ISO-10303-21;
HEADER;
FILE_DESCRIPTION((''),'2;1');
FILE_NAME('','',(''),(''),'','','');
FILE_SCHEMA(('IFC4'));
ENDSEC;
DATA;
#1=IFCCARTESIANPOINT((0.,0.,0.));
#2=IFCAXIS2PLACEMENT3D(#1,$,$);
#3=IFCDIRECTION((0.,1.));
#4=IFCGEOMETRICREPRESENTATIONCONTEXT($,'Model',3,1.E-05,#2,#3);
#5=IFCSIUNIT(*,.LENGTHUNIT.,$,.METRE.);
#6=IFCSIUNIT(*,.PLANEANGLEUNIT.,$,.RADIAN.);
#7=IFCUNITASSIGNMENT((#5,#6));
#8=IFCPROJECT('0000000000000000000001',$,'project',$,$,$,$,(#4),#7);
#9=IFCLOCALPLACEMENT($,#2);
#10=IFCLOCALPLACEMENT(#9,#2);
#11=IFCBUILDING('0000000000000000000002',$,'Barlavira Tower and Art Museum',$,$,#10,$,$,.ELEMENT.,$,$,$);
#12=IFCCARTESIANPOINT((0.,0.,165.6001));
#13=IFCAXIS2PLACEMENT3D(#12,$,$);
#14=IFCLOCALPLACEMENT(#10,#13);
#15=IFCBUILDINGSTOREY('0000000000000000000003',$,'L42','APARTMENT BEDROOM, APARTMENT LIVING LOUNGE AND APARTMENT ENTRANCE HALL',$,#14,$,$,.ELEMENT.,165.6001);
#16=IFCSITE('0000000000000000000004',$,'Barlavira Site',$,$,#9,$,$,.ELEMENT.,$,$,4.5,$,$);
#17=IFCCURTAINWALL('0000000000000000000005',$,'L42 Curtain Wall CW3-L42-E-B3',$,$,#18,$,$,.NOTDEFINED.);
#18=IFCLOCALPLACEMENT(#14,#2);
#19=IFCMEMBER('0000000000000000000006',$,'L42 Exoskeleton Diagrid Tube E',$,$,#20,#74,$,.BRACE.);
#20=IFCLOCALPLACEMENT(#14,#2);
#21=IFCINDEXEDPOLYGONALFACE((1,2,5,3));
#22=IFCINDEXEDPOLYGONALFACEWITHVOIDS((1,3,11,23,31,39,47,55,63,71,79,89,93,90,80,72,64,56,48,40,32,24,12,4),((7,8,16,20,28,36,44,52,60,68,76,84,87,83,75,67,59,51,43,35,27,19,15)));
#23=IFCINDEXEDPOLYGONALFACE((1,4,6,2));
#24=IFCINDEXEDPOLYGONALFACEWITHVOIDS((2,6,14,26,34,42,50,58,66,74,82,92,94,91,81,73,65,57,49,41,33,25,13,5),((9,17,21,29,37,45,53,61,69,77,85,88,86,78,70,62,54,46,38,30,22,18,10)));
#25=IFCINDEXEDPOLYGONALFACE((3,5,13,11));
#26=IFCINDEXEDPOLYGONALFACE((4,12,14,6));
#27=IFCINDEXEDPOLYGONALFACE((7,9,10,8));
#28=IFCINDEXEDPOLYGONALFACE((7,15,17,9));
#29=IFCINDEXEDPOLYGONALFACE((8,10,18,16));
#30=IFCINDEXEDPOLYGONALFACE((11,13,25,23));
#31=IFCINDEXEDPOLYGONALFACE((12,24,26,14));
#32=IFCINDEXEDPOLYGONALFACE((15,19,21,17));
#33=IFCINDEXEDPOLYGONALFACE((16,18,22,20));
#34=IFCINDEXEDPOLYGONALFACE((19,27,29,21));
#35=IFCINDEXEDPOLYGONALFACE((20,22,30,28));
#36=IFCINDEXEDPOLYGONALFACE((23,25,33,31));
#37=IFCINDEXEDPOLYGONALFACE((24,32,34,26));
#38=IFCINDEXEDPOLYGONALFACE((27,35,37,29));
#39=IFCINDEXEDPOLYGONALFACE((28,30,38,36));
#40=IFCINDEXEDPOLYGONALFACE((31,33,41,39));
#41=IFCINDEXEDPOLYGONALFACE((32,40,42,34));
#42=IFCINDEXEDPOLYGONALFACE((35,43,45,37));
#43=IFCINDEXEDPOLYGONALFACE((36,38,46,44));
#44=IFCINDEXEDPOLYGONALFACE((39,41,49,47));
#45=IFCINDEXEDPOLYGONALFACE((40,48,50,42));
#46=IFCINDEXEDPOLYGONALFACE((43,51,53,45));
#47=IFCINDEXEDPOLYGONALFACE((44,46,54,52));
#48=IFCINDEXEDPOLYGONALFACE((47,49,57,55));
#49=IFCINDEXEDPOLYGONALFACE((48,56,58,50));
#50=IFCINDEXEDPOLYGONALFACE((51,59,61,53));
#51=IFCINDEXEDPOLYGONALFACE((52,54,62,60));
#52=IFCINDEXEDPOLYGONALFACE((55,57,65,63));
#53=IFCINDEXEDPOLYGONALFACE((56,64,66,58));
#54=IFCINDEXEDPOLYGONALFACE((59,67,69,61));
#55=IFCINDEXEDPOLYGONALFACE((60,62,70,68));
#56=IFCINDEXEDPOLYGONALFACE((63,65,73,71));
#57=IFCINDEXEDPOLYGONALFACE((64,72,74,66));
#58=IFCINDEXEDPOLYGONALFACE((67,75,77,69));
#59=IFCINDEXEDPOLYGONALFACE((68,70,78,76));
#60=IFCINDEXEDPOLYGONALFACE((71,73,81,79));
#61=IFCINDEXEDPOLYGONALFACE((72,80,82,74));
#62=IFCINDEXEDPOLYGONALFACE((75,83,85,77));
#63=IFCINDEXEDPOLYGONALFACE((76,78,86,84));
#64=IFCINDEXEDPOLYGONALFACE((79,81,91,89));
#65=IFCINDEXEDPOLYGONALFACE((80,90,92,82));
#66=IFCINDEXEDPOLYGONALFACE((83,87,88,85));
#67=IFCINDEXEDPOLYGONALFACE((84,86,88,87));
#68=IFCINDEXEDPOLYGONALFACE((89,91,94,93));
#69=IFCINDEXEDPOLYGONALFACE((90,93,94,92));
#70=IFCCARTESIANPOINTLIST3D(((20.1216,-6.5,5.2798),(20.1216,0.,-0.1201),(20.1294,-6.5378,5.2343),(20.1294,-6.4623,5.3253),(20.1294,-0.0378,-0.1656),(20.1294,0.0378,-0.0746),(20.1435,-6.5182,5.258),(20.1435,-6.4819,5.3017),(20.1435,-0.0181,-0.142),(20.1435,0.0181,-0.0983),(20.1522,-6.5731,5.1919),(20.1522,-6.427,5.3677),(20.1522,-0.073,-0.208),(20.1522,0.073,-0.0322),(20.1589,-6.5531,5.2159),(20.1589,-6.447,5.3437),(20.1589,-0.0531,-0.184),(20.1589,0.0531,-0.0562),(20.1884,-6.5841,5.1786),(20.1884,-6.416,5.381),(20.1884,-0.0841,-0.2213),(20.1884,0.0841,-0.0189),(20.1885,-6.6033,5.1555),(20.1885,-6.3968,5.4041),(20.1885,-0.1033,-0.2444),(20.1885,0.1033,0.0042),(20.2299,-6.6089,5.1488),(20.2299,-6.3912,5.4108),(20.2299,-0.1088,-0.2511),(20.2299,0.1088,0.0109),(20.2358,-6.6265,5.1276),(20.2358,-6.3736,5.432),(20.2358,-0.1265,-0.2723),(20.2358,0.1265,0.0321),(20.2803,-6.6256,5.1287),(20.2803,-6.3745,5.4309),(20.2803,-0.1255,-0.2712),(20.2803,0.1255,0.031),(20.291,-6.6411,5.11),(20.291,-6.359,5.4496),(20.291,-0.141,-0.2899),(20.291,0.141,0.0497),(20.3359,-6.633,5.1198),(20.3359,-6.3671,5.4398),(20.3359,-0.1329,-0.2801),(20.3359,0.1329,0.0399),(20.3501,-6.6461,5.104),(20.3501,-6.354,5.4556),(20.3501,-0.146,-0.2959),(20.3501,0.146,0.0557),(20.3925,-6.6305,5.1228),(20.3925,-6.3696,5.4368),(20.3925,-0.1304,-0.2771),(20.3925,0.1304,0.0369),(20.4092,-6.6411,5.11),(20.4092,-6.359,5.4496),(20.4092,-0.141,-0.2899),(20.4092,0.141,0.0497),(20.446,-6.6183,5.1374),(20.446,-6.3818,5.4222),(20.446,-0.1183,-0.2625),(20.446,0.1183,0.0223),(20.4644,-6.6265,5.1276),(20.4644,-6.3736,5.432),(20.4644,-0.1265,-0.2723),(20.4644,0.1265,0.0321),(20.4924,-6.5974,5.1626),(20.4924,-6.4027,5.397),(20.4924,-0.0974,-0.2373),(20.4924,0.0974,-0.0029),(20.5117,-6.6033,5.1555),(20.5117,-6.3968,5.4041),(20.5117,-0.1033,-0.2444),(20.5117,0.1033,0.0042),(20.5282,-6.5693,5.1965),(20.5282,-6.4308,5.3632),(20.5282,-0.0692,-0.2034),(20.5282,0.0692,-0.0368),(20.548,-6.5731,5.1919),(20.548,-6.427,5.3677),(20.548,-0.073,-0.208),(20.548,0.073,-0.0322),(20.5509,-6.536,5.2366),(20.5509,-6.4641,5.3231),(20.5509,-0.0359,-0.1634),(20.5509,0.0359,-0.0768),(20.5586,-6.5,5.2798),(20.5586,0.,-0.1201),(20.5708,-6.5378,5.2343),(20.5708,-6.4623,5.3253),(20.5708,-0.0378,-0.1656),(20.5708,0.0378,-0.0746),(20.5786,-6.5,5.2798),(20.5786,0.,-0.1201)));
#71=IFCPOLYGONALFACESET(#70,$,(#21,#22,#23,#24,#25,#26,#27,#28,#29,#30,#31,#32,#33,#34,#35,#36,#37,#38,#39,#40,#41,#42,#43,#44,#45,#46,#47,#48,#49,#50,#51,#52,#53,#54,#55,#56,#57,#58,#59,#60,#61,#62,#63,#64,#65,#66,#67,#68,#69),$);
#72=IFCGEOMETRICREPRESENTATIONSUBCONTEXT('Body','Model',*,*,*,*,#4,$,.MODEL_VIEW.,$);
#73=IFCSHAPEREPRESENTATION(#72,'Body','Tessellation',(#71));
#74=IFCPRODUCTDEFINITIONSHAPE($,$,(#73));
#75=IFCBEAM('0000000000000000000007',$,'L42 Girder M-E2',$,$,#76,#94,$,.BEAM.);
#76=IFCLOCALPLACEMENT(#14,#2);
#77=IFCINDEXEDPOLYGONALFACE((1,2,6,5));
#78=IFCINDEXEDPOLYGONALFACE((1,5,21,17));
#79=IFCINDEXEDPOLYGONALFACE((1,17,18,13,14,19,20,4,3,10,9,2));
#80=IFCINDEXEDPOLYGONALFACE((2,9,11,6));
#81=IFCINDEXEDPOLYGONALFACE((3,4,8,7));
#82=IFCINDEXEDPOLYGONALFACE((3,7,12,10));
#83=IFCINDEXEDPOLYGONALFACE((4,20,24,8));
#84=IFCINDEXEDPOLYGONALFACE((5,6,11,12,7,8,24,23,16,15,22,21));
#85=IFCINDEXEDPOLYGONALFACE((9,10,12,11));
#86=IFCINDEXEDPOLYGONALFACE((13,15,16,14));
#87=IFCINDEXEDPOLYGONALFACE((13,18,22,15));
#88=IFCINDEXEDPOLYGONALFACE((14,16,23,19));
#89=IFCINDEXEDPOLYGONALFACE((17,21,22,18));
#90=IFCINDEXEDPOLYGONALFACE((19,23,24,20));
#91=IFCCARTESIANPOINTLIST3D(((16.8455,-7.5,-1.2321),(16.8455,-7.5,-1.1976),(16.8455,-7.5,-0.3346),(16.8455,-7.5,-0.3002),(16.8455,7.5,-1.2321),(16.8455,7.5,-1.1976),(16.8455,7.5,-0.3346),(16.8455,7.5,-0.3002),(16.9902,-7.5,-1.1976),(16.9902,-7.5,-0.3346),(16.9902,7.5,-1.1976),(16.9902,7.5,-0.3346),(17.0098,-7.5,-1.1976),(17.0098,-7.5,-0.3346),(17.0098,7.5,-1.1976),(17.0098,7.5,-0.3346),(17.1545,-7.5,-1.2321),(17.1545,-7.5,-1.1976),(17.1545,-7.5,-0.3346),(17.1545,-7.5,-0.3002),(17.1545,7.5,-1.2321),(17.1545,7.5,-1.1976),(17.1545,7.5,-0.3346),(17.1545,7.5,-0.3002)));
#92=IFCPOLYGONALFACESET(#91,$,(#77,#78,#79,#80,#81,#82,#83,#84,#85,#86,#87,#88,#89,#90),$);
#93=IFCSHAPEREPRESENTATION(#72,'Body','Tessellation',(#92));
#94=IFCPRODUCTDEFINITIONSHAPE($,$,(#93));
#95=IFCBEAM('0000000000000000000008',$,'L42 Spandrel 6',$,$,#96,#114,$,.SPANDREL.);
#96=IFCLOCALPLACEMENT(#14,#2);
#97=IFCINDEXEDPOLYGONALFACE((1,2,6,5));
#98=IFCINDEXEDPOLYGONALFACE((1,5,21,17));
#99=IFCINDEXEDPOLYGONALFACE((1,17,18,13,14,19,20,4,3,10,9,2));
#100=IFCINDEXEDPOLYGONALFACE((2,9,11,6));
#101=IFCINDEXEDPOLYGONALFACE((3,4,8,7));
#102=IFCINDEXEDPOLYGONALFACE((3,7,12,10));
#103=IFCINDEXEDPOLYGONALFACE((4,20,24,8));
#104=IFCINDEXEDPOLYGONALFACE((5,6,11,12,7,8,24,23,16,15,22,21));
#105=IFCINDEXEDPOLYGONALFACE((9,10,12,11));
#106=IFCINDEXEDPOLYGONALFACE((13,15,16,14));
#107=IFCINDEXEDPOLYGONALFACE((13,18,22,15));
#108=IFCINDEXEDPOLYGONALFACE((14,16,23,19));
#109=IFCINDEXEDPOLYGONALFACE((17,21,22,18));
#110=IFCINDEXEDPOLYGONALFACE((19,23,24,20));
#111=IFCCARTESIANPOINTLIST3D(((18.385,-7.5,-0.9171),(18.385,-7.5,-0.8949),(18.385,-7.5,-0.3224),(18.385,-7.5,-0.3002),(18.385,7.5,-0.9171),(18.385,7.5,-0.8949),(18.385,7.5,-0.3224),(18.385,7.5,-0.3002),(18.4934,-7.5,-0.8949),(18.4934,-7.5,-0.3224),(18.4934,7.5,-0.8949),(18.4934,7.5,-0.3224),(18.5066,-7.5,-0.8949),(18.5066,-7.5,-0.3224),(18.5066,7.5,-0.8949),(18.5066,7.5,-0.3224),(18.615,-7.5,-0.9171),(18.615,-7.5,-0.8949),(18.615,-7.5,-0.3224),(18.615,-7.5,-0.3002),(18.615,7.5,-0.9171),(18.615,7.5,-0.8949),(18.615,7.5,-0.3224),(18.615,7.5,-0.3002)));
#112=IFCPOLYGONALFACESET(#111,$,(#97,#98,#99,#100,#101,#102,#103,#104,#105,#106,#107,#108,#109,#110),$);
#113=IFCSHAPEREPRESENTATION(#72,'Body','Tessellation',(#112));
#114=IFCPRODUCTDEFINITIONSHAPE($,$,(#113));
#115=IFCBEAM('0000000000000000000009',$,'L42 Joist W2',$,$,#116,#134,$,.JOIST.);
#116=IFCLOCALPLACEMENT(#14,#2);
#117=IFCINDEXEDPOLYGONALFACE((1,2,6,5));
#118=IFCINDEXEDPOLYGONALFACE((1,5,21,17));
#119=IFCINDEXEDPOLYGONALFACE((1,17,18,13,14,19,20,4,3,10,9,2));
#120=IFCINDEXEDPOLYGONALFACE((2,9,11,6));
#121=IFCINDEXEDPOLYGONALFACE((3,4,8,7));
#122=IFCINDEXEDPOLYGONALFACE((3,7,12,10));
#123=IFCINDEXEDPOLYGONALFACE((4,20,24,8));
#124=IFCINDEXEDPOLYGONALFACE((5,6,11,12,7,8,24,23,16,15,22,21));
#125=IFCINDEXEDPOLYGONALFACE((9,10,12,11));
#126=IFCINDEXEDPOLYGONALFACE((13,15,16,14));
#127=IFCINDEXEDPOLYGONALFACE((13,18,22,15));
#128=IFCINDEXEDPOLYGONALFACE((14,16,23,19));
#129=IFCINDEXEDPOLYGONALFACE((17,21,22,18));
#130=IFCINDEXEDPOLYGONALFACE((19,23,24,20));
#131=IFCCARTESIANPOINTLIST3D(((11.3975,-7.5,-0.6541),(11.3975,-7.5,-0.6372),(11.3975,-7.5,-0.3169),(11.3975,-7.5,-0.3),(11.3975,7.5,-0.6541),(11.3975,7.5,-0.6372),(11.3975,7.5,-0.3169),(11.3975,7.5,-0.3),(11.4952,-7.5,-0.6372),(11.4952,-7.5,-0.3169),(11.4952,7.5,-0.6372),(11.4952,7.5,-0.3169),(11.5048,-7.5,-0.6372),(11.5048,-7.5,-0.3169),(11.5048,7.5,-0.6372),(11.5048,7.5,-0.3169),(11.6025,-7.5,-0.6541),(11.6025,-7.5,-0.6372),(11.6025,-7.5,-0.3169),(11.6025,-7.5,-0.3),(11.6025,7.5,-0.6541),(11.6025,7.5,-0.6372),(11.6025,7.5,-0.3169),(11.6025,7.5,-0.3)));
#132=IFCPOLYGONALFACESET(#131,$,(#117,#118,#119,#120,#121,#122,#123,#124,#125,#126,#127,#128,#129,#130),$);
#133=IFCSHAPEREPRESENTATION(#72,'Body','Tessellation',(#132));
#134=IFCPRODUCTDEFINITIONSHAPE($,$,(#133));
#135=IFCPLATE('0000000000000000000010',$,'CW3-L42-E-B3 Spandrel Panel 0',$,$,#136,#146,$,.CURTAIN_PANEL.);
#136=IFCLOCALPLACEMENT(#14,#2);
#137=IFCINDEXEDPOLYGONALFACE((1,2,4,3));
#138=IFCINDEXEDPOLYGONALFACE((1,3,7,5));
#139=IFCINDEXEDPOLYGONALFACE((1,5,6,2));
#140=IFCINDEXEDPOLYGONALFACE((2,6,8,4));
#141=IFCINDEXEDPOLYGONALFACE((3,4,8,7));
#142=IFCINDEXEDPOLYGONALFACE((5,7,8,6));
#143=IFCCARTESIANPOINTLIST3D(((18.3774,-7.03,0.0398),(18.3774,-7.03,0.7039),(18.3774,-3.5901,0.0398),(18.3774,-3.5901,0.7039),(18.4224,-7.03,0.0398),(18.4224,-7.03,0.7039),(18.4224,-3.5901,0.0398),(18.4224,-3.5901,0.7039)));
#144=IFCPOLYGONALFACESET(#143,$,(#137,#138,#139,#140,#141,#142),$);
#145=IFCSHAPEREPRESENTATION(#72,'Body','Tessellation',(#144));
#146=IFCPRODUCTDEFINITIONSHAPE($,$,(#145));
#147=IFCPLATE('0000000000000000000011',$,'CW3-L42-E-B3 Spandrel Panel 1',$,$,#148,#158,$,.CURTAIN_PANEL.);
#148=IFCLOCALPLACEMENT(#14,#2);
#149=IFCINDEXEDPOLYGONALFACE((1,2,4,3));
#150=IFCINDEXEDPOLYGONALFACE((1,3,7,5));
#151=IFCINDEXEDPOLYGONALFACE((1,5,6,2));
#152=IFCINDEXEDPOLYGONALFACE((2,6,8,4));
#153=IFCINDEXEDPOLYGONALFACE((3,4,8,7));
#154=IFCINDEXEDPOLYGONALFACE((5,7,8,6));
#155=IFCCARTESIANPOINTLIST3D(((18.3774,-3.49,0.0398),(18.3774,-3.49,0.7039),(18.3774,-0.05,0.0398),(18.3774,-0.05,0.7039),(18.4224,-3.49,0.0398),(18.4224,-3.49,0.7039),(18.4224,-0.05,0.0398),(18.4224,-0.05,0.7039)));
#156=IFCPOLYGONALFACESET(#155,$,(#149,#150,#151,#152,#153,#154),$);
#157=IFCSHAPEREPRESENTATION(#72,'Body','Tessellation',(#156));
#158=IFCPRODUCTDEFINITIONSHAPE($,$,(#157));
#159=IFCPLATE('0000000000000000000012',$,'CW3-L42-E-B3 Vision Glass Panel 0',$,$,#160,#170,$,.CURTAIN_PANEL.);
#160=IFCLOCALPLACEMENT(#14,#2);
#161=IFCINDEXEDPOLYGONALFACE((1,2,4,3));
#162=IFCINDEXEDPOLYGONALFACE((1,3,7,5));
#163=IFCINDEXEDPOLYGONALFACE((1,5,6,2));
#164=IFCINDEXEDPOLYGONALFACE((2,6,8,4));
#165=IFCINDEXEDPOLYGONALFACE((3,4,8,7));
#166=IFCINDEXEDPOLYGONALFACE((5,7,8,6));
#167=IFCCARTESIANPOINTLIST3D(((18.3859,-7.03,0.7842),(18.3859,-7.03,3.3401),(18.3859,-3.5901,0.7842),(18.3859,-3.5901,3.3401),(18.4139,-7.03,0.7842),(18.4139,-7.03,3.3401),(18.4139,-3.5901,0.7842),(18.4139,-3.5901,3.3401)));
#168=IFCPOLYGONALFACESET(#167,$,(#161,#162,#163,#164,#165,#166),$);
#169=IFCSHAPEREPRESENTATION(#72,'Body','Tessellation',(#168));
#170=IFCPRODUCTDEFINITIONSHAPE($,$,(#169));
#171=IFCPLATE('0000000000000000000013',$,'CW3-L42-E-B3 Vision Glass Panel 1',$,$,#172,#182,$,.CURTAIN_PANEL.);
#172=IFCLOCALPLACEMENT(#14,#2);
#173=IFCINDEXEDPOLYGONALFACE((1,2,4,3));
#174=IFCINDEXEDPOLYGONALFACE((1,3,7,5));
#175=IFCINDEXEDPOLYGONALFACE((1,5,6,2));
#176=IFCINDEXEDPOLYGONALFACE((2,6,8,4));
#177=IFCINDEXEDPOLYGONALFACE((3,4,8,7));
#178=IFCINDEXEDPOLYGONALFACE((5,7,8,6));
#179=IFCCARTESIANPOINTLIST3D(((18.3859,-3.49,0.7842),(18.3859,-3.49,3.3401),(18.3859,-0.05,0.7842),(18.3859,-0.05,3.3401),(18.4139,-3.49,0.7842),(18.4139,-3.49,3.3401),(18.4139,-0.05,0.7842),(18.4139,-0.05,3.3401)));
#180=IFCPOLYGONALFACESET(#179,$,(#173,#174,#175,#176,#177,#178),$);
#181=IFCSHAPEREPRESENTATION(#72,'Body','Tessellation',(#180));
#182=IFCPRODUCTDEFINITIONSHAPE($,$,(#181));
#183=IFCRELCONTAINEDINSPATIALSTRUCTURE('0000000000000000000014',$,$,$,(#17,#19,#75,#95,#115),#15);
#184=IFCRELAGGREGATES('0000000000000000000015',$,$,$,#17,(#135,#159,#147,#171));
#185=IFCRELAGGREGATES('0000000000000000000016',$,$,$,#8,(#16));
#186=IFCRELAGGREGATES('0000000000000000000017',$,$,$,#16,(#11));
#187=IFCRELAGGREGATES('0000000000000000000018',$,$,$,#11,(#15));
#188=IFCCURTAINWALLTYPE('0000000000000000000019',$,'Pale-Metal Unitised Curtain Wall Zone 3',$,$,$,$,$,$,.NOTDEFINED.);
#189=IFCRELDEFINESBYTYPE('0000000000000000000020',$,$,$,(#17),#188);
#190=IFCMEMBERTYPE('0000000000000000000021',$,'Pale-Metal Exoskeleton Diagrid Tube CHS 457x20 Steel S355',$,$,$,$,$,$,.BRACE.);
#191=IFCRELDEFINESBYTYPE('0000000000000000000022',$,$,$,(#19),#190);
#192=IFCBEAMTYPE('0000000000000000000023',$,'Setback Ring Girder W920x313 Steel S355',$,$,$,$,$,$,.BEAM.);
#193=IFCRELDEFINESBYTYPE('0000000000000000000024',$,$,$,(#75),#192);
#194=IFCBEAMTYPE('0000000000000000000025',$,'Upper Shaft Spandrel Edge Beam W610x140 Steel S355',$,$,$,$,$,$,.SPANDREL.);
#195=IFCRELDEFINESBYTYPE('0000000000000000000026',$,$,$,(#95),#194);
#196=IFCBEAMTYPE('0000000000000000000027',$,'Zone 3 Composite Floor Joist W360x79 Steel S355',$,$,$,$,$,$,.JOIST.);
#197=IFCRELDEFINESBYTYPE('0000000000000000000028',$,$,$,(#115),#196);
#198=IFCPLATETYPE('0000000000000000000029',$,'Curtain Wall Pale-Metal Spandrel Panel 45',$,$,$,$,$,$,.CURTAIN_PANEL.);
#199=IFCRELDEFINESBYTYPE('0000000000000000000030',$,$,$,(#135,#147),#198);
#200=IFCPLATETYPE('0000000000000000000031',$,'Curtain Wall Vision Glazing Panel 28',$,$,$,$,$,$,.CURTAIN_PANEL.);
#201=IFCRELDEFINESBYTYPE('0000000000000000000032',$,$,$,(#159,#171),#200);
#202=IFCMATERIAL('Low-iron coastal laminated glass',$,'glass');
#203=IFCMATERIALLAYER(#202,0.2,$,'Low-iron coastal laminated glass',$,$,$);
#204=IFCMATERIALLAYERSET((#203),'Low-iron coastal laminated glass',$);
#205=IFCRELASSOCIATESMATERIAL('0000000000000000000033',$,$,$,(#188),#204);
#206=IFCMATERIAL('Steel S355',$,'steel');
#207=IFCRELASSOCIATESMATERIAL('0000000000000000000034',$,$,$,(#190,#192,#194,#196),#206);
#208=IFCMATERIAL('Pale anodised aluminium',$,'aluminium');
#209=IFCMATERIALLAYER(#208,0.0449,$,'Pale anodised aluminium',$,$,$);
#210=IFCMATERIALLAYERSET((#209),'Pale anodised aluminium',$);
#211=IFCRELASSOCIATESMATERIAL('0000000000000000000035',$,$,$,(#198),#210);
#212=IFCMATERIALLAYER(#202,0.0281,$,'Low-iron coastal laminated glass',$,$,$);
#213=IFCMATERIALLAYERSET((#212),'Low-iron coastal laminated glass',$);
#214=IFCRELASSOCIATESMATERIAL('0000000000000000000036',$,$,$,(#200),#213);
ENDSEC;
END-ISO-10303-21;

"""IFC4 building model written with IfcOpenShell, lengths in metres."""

from ifc_helpers import new_model, si_unit, direction, frame, origin, origin_2d, place, context, subcontext, project, spatial, rectangle, hollow_circle, i_section, extrude, material, layer, layer_set, material_profile, profile_set, type_object, element, aggregate, save


model = new_model("IFC4")

# Units and contexts
model_context = context("Model", 3, precision=1e-05, world=origin(), true_north=direction((0.0, 1.0)))
body_context = subcontext(model_context, "Body", "Model", "MODEL_VIEW")
ifc_project = project(units=[si_unit("LENGTHUNIT", "METRE"), si_unit("PLANEANGLEUNIT", "RADIAN")], contexts=[model_context])

# Site, building, storey
site_placement = place(None, origin())
site = spatial("IfcSite", under=ifc_project, at=site_placement, Name="Barlavira Site", CompositionType="ELEMENT", RefElevation=4.5)
building_placement = place(site_placement, origin())
building = spatial("IfcBuilding", under=site, at=building_placement, Name="Barlavira Tower and Art Museum", CompositionType="ELEMENT")
storey_placement = place(building_placement, frame((0.0, 0.0, 165.6001)))
storey = spatial("IfcBuildingStorey", under=building, at=storey_placement, Name="L42", Description="APARTMENT BEDROOM, APARTMENT LIVING LOUNGE AND APARTMENT ENTRANCE HALL", CompositionType="ELEMENT", Elevation=165.6001)

# Curtain wall
ifc_material_1 = material(Name="Low-iron coastal laminated glass", Category="glass")
ifc_layer_1 = layer(ifc_material_1, 0.2, Name="Low-iron coastal laminated glass")
ifc_layer_set_1 = layer_set([ifc_layer_1], Name="Low-iron coastal laminated glass")
curtain_wall_type = type_object("IfcCurtainWallType", Name="Pale-Metal Unitised Curtain Wall Zone 3", PredefinedType="NOTDEFINED", material=ifc_layer_set_1)
curtain_wall_placement = place(storey_placement, origin())
curtain_wall = element("IfcCurtainWall", 1, at=curtain_wall_placement, inside=storey, type_object=curtain_wall_type, Name="L42 Curtain Wall CW3-L42-E-B3", PredefinedType="NOTDEFINED")
ifc_material_2 = material(Name="Pale anodised aluminium", Category="aluminium")

# Member
ifc_material_3 = material(Name="Steel S355", Category="steel")
ifc_material_profile_1 = material_profile(ifc_material_3, hollow_circle(Radius=0.2285, WallThickness=0.02, at=origin_2d()), Name="CHS 457.0x20.0")
ifc_profile_set_1 = profile_set([ifc_material_profile_1], Name="Steel S355")
member_type_1 = type_object("IfcMemberType", Name="Pale-Metal Exoskeleton Diagrid Tube CHS 457x20 Steel S355", PredefinedType="BRACE", material=ifc_profile_set_1)
member_1_placement = place(storey_placement, frame((20.3501, 0.0, -0.1201), z_axis=(0.0, -0.769196, 0.639013), x_axis=(1.0, 0.0, 0.0)))
element("IfcMember", 2, at=member_1_placement, inside=storey, type_object=member_type_1, Name="L42 Exoskeleton Diagrid Tube E", PredefinedType="BRACE", context=body_context, shape_type="SweptSolid", body=[
    extrude(hollow_circle(Radius=0.2285, WallThickness=0.02, at=origin_2d()), origin(), (0.0, 0.0, 1.0), 8.4504),
])

# Beams
ifc_material_profile_2 = material_profile(ifc_material_3, i_section(OverallWidth=0.3091, OverallDepth=0.9319, WebThickness=0.0195, FlangeThickness=0.0344, at=origin_2d()), Name="W920x313.0")
ifc_profile_set_2 = profile_set([ifc_material_profile_2], Name="Steel S355")
beam_type_1 = type_object("IfcBeamType", Name="Setback Ring Girder W920x313 Steel S355", PredefinedType="BEAM", material=ifc_profile_set_2)
beam_1_placement = place(storey_placement, frame((17.0, -7.5, -0.7661), z_axis=(0.0, 1.0, 0.0), x_axis=(-1.0, 0.0, 0.0)))
element("IfcBeam", 3, at=beam_1_placement, inside=storey, type_object=beam_type_1, Name="L42 Girder M-E2", PredefinedType="BEAM", context=body_context, shape_type="SweptSolid", body=[
    extrude(i_section(OverallWidth=0.3091, OverallDepth=0.9319, WebThickness=0.0195, FlangeThickness=0.0344, at=origin_2d()), origin(), (0.0, 0.0, 1.0), 15.0),
])
ifc_material_profile_3 = material_profile(ifc_material_3, i_section(OverallWidth=0.23, OverallDepth=0.6169, WebThickness=0.0132, FlangeThickness=0.0222, at=origin_2d()), Name="W610x140.0")
ifc_profile_set_3 = profile_set([ifc_material_profile_3], Name="Steel S355")
beam_type_2 = type_object("IfcBeamType", Name="Upper Shaft Spandrel Edge Beam W610x140 Steel S355", PredefinedType="SPANDREL", material=ifc_profile_set_3)
beam_2_placement = place(storey_placement, frame((18.5, -7.5, -0.6086), z_axis=(0.0, 1.0, 0.0), x_axis=(-1.0, 0.0, 0.0)))
element("IfcBeam", 4, at=beam_2_placement, inside=storey, type_object=beam_type_2, Name="L42 Spandrel 6", PredefinedType="SPANDREL", context=body_context, shape_type="SweptSolid", body=[
    extrude(i_section(OverallWidth=0.23, OverallDepth=0.6169, WebThickness=0.0132, FlangeThickness=0.0222, at=origin_2d()), origin(), (0.0, 0.0, 1.0), 15.0),
])
ifc_material_profile_4 = material_profile(ifc_material_3, i_section(OverallWidth=0.2051, OverallDepth=0.354, WebThickness=0.0095, FlangeThickness=0.0168, at=origin_2d()), Name="W360x79.0")
ifc_profile_set_4 = profile_set([ifc_material_profile_4], Name="Steel S355")
beam_type_3 = type_object("IfcBeamType", Name="Zone 3 Composite Floor Joist W360x79 Steel S355", PredefinedType="JOIST", material=ifc_profile_set_4)
beam_3_placement = place(storey_placement, frame((11.5, -7.5, -0.4771), z_axis=(0.0, 1.0, 0.0), x_axis=(-1.0, 0.0, 0.0)))
element("IfcBeam", 5, at=beam_3_placement, inside=storey, type_object=beam_type_3, Name="L42 Joist W2", PredefinedType="JOIST", context=body_context, shape_type="SweptSolid", body=[
    extrude(i_section(OverallWidth=0.2051, OverallDepth=0.354, WebThickness=0.0095, FlangeThickness=0.0168, at=origin_2d()), origin(), (0.0, 0.0, 1.0), 15.0),
])

# Plates
ifc_layer_2 = layer(ifc_material_2, 0.0449, Name="Pale anodised aluminium")
ifc_layer_set_2 = layer_set([ifc_layer_2], Name="Pale anodised aluminium")
plate_type_1 = type_object("IfcPlateType", Name="Curtain Wall Pale-Metal Spandrel Panel 45", PredefinedType="CURTAIN_PANEL", material=ifc_layer_set_2)
plate_1_placement = place(storey_placement, frame((18.3999, -5.3101, 0.0398), z_axis=(0.0, 0.0, 1.0), x_axis=(0.0, 1.0, 0.0)))
plate_1 = element("IfcPlate", 6, at=plate_1_placement, type_object=plate_type_1, Name="CW3-L42-E-B3 Spandrel Panel 0", PredefinedType="CURTAIN_PANEL", context=body_context, shape_type="SweptSolid", body=[
    extrude(rectangle(XDim=3.4399, YDim=0.0449, at=origin_2d()), origin(), (0.0, 0.0, 1.0), 0.6641),
])
plate_2_placement = place(storey_placement, frame((18.3999, -1.77, 0.0398), z_axis=(0.0, 0.0, 1.0), x_axis=(0.0, 1.0, 0.0)))
plate_2 = element("IfcPlate", 7, at=plate_2_placement, type_object=plate_type_1, Name="CW3-L42-E-B3 Spandrel Panel 1", PredefinedType="CURTAIN_PANEL", context=body_context, shape_type="SweptSolid", body=[
    extrude(rectangle(XDim=3.4399, YDim=0.0449, at=origin_2d()), origin(), (0.0, 0.0, 1.0), 0.6641),
])
ifc_layer_3 = layer(ifc_material_1, 0.0281, Name="Low-iron coastal laminated glass")
ifc_layer_set_3 = layer_set([ifc_layer_3], Name="Low-iron coastal laminated glass")
plate_type_2 = type_object("IfcPlateType", Name="Curtain Wall Vision Glazing Panel 28", PredefinedType="CURTAIN_PANEL", material=ifc_layer_set_3)
plate_3_placement = place(storey_placement, frame((18.3999, -5.3101, 0.7842), z_axis=(0.0, 0.0, 1.0), x_axis=(0.0, 1.0, 0.0)))
plate_3 = element("IfcPlate", 8, at=plate_3_placement, type_object=plate_type_2, Name="CW3-L42-E-B3 Vision Glass Panel 0", PredefinedType="CURTAIN_PANEL", context=body_context, shape_type="SweptSolid", body=[
    extrude(rectangle(XDim=3.4399, YDim=0.0281, at=origin_2d()), origin(), (0.0, 0.0, 1.0), 2.5559),
])
plate_4_placement = place(storey_placement, frame((18.3999, -1.77, 0.7842), z_axis=(0.0, 0.0, 1.0), x_axis=(0.0, 1.0, 0.0)))
plate_4 = element("IfcPlate", 9, at=plate_4_placement, type_object=plate_type_2, Name="CW3-L42-E-B3 Vision Glass Panel 1", PredefinedType="CURTAIN_PANEL", context=body_context, shape_type="SweptSolid", body=[
    extrude(rectangle(XDim=3.4399, YDim=0.0281, at=origin_2d()), origin(), (0.0, 0.0, 1.0), 2.5559),
])
aggregate(curtain_wall, [plate_1, plate_3, plate_2, plate_4])

save(model, "model.ifc")
